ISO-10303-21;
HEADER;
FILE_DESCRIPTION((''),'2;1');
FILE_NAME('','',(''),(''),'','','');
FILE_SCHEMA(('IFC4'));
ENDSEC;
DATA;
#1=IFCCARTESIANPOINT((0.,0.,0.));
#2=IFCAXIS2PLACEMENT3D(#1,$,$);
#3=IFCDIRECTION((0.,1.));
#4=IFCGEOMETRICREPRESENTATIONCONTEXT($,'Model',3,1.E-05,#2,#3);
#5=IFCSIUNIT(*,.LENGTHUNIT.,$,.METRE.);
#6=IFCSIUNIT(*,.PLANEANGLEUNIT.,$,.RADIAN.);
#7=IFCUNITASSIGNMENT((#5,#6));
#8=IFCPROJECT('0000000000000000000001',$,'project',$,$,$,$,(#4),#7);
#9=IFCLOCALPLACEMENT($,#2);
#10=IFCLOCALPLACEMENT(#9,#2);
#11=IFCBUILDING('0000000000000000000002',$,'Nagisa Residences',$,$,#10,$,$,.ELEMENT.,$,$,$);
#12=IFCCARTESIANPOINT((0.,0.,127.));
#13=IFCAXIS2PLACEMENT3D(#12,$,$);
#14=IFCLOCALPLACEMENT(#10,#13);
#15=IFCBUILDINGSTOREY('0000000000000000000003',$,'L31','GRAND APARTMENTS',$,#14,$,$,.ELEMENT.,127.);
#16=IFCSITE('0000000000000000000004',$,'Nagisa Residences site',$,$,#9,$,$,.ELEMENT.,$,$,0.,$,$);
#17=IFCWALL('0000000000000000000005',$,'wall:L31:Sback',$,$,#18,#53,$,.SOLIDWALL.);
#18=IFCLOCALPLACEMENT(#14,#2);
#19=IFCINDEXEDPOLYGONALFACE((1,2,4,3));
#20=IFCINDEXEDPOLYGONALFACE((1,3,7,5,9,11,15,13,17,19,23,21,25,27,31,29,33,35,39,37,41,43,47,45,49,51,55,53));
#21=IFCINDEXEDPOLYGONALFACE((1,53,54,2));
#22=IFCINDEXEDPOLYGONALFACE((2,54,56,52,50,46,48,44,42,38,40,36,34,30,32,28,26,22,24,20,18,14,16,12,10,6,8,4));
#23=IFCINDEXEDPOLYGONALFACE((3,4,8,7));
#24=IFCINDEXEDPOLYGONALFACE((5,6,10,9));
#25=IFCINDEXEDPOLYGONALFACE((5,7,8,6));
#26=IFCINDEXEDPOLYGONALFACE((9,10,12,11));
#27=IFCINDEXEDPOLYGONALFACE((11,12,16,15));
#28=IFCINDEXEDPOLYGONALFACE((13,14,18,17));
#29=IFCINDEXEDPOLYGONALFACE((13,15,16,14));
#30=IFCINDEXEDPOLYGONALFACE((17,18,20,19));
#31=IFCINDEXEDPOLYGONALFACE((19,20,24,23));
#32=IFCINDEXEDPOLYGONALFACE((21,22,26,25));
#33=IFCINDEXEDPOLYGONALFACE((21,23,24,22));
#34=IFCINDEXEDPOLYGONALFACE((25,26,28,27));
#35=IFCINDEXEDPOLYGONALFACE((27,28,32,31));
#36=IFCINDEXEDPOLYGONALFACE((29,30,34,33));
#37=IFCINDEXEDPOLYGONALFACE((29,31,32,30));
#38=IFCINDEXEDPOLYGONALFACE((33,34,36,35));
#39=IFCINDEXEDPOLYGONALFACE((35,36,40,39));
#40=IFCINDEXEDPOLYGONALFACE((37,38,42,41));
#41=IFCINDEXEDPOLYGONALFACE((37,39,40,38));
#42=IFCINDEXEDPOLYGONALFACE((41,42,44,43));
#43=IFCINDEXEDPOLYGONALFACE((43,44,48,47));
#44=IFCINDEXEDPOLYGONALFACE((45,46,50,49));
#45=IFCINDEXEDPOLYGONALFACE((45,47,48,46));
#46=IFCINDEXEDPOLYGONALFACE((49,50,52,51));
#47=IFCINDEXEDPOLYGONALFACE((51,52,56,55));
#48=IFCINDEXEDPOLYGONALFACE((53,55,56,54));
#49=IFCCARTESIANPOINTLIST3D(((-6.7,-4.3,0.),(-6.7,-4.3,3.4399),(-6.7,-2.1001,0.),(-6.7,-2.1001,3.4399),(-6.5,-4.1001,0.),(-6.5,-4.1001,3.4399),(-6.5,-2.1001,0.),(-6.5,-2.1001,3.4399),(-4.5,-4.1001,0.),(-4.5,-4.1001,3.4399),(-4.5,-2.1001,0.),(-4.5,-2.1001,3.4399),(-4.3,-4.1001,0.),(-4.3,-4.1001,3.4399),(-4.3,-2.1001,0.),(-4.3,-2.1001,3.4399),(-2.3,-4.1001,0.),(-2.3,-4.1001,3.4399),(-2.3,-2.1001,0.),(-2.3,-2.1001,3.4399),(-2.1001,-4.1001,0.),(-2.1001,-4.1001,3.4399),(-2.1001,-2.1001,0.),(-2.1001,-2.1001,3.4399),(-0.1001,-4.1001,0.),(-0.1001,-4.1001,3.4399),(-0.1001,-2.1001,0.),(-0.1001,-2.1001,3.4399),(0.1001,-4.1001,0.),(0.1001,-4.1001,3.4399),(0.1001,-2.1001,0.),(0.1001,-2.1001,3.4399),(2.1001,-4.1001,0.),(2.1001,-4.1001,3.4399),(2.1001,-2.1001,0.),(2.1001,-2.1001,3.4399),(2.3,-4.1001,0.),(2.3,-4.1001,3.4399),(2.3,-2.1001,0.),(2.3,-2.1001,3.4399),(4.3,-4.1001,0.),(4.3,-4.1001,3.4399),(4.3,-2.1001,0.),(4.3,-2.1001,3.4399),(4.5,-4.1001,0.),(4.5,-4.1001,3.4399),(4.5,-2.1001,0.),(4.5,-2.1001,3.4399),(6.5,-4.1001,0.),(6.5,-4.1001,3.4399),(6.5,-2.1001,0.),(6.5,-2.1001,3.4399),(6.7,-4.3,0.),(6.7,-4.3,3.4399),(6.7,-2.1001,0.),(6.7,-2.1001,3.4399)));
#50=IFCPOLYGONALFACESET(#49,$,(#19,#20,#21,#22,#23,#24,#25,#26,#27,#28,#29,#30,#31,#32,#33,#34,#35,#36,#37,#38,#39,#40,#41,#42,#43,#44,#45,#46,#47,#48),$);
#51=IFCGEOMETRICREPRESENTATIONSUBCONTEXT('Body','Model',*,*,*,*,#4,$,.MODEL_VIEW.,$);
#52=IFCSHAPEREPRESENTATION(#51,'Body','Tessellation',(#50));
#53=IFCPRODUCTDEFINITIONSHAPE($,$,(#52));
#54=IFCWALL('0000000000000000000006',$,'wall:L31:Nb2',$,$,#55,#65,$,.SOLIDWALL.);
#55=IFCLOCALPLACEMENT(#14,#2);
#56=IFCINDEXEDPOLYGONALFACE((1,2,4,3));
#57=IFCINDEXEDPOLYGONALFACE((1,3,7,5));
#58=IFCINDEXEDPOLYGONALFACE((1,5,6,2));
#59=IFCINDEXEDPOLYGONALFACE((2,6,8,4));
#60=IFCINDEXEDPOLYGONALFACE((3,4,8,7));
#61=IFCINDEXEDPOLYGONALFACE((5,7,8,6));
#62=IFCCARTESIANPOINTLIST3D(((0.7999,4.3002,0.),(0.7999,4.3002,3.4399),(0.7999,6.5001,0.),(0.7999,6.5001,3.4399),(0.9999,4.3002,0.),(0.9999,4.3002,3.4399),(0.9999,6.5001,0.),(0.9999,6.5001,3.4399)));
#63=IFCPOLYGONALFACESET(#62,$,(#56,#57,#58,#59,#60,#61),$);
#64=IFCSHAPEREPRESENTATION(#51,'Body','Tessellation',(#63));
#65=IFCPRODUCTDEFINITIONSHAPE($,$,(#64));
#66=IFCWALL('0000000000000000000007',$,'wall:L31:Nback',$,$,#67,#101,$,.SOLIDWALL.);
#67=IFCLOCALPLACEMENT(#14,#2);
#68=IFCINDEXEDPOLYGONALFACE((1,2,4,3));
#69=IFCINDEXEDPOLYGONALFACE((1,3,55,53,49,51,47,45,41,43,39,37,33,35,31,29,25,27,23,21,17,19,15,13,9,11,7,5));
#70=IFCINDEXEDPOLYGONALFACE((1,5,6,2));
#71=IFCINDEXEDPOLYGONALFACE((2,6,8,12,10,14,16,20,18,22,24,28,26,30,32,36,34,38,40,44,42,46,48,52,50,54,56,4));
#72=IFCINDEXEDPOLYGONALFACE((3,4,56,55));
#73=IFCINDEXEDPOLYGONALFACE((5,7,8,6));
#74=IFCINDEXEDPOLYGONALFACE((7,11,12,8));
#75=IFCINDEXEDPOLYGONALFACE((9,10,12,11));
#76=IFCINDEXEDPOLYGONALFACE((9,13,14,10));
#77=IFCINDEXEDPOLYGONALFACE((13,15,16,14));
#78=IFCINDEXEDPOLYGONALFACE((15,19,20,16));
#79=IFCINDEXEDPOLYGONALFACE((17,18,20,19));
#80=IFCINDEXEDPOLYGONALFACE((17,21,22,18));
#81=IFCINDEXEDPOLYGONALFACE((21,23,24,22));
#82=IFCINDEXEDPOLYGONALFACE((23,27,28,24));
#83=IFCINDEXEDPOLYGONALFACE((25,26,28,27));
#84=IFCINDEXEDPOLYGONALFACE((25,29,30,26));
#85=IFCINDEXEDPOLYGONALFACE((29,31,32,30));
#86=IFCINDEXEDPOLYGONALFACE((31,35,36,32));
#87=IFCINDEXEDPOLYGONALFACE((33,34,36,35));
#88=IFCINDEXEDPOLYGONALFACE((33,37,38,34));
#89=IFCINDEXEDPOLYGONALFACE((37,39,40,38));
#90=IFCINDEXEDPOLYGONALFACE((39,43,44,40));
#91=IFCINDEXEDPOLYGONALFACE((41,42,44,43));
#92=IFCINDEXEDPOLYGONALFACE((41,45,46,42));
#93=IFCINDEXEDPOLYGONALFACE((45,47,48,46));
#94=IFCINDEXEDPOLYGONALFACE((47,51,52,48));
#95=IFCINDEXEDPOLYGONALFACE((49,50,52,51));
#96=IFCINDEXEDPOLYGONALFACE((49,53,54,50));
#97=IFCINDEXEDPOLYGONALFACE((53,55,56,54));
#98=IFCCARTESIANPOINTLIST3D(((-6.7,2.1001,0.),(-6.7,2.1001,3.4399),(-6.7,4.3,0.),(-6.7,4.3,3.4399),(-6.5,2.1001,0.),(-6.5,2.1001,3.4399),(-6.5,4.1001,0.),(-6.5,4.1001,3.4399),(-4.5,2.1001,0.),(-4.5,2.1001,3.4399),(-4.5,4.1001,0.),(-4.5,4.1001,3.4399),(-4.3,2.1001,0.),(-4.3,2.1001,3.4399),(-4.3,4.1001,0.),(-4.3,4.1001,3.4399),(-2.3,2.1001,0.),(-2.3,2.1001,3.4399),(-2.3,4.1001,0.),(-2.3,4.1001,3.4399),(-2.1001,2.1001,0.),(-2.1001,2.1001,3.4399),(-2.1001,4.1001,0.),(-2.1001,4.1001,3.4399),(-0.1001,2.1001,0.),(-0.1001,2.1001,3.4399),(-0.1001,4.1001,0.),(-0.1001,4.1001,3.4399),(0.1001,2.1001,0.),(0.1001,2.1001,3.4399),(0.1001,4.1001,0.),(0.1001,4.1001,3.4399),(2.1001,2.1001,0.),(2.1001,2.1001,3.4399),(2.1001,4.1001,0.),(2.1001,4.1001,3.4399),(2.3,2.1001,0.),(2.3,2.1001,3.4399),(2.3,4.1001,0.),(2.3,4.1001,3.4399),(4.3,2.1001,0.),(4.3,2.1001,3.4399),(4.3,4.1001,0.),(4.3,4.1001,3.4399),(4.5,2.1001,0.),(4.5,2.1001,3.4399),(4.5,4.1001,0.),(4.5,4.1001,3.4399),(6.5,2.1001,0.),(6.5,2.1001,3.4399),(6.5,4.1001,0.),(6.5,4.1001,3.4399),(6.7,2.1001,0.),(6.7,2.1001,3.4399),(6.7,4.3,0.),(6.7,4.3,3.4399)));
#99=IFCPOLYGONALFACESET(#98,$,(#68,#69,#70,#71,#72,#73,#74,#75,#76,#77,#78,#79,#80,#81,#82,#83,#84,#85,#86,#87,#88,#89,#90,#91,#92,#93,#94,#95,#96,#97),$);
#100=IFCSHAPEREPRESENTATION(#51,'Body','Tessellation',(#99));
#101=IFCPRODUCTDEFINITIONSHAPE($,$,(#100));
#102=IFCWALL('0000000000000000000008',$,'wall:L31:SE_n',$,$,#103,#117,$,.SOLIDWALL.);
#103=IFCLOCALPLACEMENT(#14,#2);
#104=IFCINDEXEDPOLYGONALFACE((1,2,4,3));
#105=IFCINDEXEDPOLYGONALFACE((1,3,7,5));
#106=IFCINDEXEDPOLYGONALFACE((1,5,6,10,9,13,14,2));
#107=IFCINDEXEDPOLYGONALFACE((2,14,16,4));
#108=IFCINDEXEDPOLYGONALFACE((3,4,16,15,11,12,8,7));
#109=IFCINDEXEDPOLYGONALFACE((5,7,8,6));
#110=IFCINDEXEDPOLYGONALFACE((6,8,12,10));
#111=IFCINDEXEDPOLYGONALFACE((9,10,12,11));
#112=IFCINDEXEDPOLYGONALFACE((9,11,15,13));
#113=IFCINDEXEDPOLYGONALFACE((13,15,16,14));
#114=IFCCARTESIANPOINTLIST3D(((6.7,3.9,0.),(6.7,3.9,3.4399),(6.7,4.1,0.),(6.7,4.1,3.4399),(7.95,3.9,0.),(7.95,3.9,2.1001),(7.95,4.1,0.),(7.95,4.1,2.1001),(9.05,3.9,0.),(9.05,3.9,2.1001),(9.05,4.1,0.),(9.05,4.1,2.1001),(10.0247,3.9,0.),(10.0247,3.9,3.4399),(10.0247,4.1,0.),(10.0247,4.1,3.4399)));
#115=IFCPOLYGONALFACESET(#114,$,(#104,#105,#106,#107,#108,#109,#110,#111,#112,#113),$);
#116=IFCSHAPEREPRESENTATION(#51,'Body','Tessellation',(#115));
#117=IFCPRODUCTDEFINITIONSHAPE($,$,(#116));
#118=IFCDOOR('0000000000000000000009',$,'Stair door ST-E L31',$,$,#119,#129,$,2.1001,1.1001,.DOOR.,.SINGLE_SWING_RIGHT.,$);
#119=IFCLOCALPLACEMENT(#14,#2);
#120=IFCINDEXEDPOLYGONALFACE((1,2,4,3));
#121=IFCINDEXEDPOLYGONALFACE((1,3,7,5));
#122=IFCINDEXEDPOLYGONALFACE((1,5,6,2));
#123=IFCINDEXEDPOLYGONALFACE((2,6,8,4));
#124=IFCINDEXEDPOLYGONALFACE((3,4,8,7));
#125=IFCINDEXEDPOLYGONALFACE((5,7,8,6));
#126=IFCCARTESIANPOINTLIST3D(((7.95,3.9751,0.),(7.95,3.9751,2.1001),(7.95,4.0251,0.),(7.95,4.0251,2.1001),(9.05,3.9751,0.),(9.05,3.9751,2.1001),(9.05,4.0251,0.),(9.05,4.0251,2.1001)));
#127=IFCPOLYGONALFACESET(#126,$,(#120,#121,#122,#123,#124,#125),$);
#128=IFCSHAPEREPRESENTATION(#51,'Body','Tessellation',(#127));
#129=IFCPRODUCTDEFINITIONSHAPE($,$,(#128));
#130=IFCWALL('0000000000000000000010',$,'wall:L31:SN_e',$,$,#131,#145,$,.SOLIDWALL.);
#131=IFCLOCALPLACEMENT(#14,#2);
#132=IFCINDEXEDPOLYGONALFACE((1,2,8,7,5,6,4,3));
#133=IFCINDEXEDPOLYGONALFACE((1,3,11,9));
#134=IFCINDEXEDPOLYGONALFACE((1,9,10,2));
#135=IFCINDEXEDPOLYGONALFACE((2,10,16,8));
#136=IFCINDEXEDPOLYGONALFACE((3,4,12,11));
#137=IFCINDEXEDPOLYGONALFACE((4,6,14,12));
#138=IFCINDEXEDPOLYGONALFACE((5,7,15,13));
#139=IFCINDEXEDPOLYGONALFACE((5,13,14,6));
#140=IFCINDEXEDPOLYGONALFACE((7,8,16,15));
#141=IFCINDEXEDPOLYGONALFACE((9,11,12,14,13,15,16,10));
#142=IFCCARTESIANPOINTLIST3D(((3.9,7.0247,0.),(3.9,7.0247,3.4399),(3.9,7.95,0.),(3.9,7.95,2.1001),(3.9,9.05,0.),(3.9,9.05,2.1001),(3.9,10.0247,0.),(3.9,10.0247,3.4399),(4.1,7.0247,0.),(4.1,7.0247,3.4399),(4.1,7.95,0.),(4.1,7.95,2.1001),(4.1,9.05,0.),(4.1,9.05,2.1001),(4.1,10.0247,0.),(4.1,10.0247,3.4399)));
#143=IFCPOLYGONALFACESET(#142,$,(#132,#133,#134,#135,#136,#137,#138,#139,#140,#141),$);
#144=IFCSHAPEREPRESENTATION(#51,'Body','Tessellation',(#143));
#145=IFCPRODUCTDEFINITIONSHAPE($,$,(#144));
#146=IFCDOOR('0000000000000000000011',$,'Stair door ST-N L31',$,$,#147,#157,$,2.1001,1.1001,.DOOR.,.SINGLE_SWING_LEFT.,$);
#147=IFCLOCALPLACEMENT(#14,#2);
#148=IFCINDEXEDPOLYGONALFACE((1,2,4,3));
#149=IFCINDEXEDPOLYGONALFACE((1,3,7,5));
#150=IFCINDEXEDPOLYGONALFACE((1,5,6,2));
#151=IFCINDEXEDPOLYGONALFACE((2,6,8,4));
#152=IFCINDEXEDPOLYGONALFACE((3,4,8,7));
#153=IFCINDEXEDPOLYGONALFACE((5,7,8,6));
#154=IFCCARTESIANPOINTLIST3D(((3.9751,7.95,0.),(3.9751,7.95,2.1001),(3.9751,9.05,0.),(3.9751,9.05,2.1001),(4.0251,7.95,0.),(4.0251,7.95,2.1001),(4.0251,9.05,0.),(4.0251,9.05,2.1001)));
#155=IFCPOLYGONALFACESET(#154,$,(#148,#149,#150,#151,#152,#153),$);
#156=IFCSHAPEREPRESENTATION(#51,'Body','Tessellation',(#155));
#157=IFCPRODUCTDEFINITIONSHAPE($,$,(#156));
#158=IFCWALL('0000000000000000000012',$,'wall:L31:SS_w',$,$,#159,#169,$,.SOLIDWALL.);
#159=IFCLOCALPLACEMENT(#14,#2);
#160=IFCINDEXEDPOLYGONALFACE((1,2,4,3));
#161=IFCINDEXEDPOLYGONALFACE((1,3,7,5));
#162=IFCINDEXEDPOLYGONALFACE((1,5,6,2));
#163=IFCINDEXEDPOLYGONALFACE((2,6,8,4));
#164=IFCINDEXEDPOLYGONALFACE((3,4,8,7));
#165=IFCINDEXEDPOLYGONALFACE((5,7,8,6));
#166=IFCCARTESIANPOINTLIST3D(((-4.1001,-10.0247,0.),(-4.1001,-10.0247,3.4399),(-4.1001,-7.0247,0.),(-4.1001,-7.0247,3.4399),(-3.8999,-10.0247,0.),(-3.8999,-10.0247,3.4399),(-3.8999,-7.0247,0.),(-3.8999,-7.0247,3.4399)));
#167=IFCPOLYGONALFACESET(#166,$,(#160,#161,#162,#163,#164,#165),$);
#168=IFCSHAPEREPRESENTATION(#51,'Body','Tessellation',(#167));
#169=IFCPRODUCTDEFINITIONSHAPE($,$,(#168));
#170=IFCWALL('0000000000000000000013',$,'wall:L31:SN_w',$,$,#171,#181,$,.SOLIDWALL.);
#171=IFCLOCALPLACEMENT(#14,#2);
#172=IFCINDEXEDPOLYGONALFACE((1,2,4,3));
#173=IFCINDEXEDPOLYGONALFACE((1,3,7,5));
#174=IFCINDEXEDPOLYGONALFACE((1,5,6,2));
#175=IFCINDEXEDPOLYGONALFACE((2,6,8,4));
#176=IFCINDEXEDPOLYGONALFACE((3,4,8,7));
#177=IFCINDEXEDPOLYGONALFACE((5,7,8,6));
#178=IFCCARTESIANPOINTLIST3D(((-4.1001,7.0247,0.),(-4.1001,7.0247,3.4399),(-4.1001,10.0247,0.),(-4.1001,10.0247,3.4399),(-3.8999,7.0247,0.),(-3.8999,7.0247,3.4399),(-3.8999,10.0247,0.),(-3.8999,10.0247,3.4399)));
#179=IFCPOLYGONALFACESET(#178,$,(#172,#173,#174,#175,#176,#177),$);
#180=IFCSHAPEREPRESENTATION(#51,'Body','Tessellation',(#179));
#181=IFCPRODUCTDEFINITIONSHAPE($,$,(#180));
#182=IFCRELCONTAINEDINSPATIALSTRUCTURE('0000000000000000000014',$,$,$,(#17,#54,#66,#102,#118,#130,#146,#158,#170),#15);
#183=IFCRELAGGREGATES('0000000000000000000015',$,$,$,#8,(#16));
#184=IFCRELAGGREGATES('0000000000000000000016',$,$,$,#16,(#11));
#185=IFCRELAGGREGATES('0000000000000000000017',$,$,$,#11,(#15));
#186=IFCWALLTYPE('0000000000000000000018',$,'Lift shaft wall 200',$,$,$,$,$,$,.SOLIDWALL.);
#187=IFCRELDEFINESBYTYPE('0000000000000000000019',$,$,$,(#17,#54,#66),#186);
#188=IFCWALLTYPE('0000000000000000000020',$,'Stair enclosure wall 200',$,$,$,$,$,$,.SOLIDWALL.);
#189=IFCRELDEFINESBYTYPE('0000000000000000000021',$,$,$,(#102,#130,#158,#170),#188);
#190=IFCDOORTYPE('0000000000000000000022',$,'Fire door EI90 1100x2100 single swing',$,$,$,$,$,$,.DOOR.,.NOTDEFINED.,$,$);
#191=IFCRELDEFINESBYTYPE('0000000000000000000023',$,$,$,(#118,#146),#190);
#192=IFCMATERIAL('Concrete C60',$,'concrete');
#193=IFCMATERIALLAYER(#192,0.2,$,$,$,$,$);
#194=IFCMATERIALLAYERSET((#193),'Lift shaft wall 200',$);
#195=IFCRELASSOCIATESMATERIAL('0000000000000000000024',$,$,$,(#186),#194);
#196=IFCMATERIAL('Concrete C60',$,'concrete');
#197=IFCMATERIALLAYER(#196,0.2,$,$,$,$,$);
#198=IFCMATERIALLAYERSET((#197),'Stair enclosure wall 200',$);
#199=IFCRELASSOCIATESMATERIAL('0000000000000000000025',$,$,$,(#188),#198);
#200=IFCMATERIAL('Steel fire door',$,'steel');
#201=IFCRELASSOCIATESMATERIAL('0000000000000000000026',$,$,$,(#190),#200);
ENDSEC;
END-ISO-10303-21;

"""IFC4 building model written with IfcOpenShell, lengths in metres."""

from ifc_helpers import new_model, si_unit, direction, frame, frame_2d, origin, place, context, subcontext, project, spatial, polyline, rectangle, outline, extrude, material, layer, layer_set, type_object, element, fill, save


model = new_model("IFC4")

# Units and contexts
model_context = context("Model", 3, precision=1e-05, world=origin(), true_north=direction((0.0, 1.0)))
body_context = subcontext(model_context, "Body", "Model", "MODEL_VIEW")
ifc_project = project(units=[si_unit("LENGTHUNIT", "METRE"), si_unit("PLANEANGLEUNIT", "RADIAN")], contexts=[model_context])

# Site, building, storey
site_placement = place(None, origin())
site = spatial("IfcSite", under=ifc_project, at=site_placement, Name="Nagisa Residences site", CompositionType="ELEMENT", RefElevation=0.0)
building_placement = place(site_placement, origin())
building = spatial("IfcBuilding", under=site, at=building_placement, Name="Nagisa Residences", CompositionType="ELEMENT")
storey_placement = place(building_placement, frame((0.0, 0.0, 127.0)))
storey = spatial("IfcBuildingStorey", under=building, at=storey_placement, Name="L31", Description="GRAND APARTMENTS", CompositionType="ELEMENT", Elevation=127.0)

# Shared definitions
ifc_material_1 = material(Name="Concrete C60", Category="concrete")
ifc_layer_1 = layer(ifc_material_1, 0.2)
ifc_layer_set_1 = layer_set([ifc_layer_1], Name="Lift shaft wall 200")
wall_type_1 = type_object("IfcWallType", Name="Lift shaft wall 200", PredefinedType="SOLIDWALL", material=ifc_layer_set_1)

# Walls
wall_1_placement = place(storey_placement, origin())
element("IfcWall", 1, at=wall_1_placement, inside=storey, type_object=wall_type_1, Name="wall:L31:Sback", PredefinedType="SOLIDWALL", context=body_context, shape_type="SweptSolid", body=[
    extrude(outline(polyline([(-6.7, -2.1001), (-6.5, -2.1001), (-6.5, -4.1001), (-4.5, -4.1001), (-4.5, -2.1001), (-4.3, -2.1001), (-4.3, -4.1001), (-2.3, -4.1001), (-2.3, -2.1001), (-2.1001, -2.1001), (-2.1001, -4.1001), (-0.1001, -4.1001), (-0.1001, -2.1001), (0.1001, -2.1001), (0.1001, -4.1001), (2.1001, -4.1001), (2.1001, -2.1001), (2.3, -2.1001), (2.3, -4.1001), (4.3, -4.1001), (4.3, -2.1001), (4.5, -2.1001), (4.5, -4.1001), (6.5, -4.1001), (6.5, -2.1001), (6.7, -2.1001), (6.7, -4.3), (-6.7, -4.3), (-6.7, -2.1001)])), origin(), (0.0, 0.0, 1.0), 3.4399),
])
wall_2_placement = place(storey_placement, frame((0.8999, 4.3, 0.0), z_axis=(0.0, 0.0, 1.0), x_axis=(0.0, 1.0, 0.0)))
element("IfcWall", 2, at=wall_2_placement, inside=storey, type_object=wall_type_1, Name="wall:L31:Nb2", PredefinedType="SOLIDWALL", context=body_context, shape_type="SweptSolid", body=[
    extrude(rectangle(XDim=2.2, YDim=0.2, at=frame_2d((1.1001, 0.0))), origin(), (0.0, 0.0, 1.0), 3.4399),
])
wall_3_placement = place(storey_placement, origin())
element("IfcWall", 3, at=wall_3_placement, inside=storey, type_object=wall_type_1, Name="wall:L31:Nback", PredefinedType="SOLIDWALL", context=body_context, shape_type="SweptSolid", body=[
    extrude(outline(polyline([(-6.5, 2.1001), (-6.7, 2.1001), (-6.7, 4.3), (6.7, 4.3), (6.7, 2.1001), (6.5, 2.1001), (6.5, 4.1001), (4.5, 4.1001), (4.5, 2.1001), (4.3, 2.1001), (4.3, 4.1001), (2.3, 4.1001), (2.3, 2.1001), (2.1001, 2.1001), (2.1001, 4.1001), (0.1001, 4.1001), (0.1001, 2.1001), (-0.1001, 2.1001), (-0.1001, 4.1001), (-2.1001, 4.1001), (-2.1001, 2.1001), (-2.3, 2.1001), (-2.3, 4.1001), (-4.3, 4.1001), (-4.3, 2.1001), (-4.5, 2.1001), (-4.5, 4.1001), (-6.5, 4.1001), (-6.5, 2.1001)])), origin(), (0.0, 0.0, 1.0), 3.4399),
])

# Walls, openings, doors
ifc_material_2 = material(Name="Concrete C60", Category="concrete")
ifc_layer_2 = layer(ifc_material_2, 0.2)
ifc_layer_set_2 = layer_set([ifc_layer_2], Name="Stair enclosure wall 200")
wall_type_2 = type_object("IfcWallType", Name="Stair enclosure wall 200", PredefinedType="SOLIDWALL", material=ifc_layer_set_2)
wall_4_placement = place(storey_placement, frame((6.7, 4.0, 0.0), z_axis=(0.0, 0.0, 1.0), x_axis=(1.0, 0.0, 0.0)))
wall_4 = element("IfcWall", 4, at=wall_4_placement, inside=storey, type_object=wall_type_2, Name="wall:L31:SE_n", PredefinedType="SOLIDWALL", context=body_context, shape_type="SweptSolid", body=[
    extrude(rectangle(XDim=3.3247, YDim=0.2, at=frame_2d((1.6624, 0.0))), origin(), (0.0, 0.0, 1.0), 3.4399),
])
opening_1_placement = place(wall_4_placement, frame((1.25, 0.0, 0.0)))
opening_1 = element("IfcOpeningElement", 5, at=opening_1_placement, cuts=wall_4, PredefinedType="OPENING", context=body_context, shape_type="SweptSolid", body=[
    extrude(rectangle(XDim=1.1001, YDim=2.1001, at=frame_2d((0.55, 1.05))), frame((0.0, 0.1099, 0.0), z_axis=(0.0, -1.0, 0.0), x_axis=(1.0, 0.0, 0.0)), (0.0, 0.0, 1.0), 0.22),
])
ifc_material_3 = material(Name="Steel fire door", Category="steel")
door_type_1 = type_object("IfcDoorType", Name="Fire door EI90 1100x2100 single swing", OperationType="NOTDEFINED", PredefinedType="DOOR", material=ifc_material_3)
door_1_placement = place(opening_1_placement, frame((1.1001, 0.0, 0.0), x_axis=(-1.0, 0.0, 0.0)))
door_1 = element("IfcDoor", 6, at=door_1_placement, inside=storey, type_object=door_type_1, Name="Stair door ST-E L31", OperationType="SINGLE_SWING_RIGHT", OverallHeight=2.1001, OverallWidth=1.1001, PredefinedType="DOOR", context=body_context, shape_type="SweptSolid", body=[
    extrude(rectangle(XDim=1.1001, YDim=2.1001, at=frame_2d((0.55, 1.05))), frame((0.0, 0.0249, 0.0), z_axis=(0.0, -1.0, 0.0), x_axis=(1.0, 0.0, 0.0)), (0.0, 0.0, 1.0), 0.05),
])
fill(opening_1, door_1)
wall_5_placement = place(storey_placement, frame((4.0, 7.0247, 0.0), z_axis=(0.0, 0.0, 1.0), x_axis=(0.0, 1.0, 0.0)))
wall_5 = element("IfcWall", 7, at=wall_5_placement, inside=storey, type_object=wall_type_2, Name="wall:L31:SN_e", PredefinedType="SOLIDWALL", context=body_context, shape_type="SweptSolid", body=[
    extrude(rectangle(XDim=3.0, YDim=0.2, at=frame_2d((1.5, 0.0))), origin(), (0.0, 0.0, 1.0), 3.4399),
])
opening_2_placement = place(wall_5_placement, frame((0.9253, 0.0, 0.0)))
opening_2 = element("IfcOpeningElement", 8, at=opening_2_placement, cuts=wall_5, PredefinedType="OPENING", context=body_context, shape_type="SweptSolid", body=[
    extrude(rectangle(XDim=1.1001, YDim=2.1001, at=frame_2d((0.55, 1.05))), frame((0.0, 0.1099, 0.0), z_axis=(0.0, -1.0, 0.0), x_axis=(1.0, 0.0, 0.0)), (0.0, 0.0, 1.0), 0.22),
])
door_2_placement = place(opening_2_placement, origin())
door_2 = element("IfcDoor", 9, at=door_2_placement, inside=storey, type_object=door_type_1, Name="Stair door ST-N L31", OperationType="SINGLE_SWING_LEFT", OverallHeight=2.1001, OverallWidth=1.1001, PredefinedType="DOOR", context=body_context, shape_type="SweptSolid", body=[
    extrude(rectangle(XDim=1.1001, YDim=2.1001, at=frame_2d((0.55, 1.05))), frame((0.0, 0.0249, 0.0), z_axis=(0.0, -1.0, 0.0), x_axis=(1.0, 0.0, 0.0)), (0.0, 0.0, 1.0), 0.05),
])
fill(opening_2, door_2)

# Walls
wall_6_placement = place(storey_placement, origin())
element("IfcWall", 10, at=wall_6_placement, inside=storey, type_object=wall_type_2, Name="wall:L31:SS_w", PredefinedType="SOLIDWALL", context=body_context, shape_type="SweptSolid", body=[
    extrude(outline(polyline([(-3.8999, -10.0247), (-4.1001, -10.0247), (-4.1001, -7.0247), (-3.8999, -7.0247), (-3.8999, -10.0247)])), origin(), (0.0, 0.0, 1.0), 3.4399),
])
wall_7_placement = place(storey_placement, origin())
element("IfcWall", 11, at=wall_7_placement, inside=storey, type_object=wall_type_2, Name="wall:L31:SN_w", PredefinedType="SOLIDWALL", context=body_context, shape_type="SweptSolid", body=[
    extrude(outline(polyline([(-3.8999, 7.0247), (-4.1001, 7.0247), (-4.1001, 10.0247), (-3.8999, 10.0247), (-3.8999, 7.0247)])), origin(), (0.0, 0.0, 1.0), 3.4399),
])

save(model, "model.ifc")
